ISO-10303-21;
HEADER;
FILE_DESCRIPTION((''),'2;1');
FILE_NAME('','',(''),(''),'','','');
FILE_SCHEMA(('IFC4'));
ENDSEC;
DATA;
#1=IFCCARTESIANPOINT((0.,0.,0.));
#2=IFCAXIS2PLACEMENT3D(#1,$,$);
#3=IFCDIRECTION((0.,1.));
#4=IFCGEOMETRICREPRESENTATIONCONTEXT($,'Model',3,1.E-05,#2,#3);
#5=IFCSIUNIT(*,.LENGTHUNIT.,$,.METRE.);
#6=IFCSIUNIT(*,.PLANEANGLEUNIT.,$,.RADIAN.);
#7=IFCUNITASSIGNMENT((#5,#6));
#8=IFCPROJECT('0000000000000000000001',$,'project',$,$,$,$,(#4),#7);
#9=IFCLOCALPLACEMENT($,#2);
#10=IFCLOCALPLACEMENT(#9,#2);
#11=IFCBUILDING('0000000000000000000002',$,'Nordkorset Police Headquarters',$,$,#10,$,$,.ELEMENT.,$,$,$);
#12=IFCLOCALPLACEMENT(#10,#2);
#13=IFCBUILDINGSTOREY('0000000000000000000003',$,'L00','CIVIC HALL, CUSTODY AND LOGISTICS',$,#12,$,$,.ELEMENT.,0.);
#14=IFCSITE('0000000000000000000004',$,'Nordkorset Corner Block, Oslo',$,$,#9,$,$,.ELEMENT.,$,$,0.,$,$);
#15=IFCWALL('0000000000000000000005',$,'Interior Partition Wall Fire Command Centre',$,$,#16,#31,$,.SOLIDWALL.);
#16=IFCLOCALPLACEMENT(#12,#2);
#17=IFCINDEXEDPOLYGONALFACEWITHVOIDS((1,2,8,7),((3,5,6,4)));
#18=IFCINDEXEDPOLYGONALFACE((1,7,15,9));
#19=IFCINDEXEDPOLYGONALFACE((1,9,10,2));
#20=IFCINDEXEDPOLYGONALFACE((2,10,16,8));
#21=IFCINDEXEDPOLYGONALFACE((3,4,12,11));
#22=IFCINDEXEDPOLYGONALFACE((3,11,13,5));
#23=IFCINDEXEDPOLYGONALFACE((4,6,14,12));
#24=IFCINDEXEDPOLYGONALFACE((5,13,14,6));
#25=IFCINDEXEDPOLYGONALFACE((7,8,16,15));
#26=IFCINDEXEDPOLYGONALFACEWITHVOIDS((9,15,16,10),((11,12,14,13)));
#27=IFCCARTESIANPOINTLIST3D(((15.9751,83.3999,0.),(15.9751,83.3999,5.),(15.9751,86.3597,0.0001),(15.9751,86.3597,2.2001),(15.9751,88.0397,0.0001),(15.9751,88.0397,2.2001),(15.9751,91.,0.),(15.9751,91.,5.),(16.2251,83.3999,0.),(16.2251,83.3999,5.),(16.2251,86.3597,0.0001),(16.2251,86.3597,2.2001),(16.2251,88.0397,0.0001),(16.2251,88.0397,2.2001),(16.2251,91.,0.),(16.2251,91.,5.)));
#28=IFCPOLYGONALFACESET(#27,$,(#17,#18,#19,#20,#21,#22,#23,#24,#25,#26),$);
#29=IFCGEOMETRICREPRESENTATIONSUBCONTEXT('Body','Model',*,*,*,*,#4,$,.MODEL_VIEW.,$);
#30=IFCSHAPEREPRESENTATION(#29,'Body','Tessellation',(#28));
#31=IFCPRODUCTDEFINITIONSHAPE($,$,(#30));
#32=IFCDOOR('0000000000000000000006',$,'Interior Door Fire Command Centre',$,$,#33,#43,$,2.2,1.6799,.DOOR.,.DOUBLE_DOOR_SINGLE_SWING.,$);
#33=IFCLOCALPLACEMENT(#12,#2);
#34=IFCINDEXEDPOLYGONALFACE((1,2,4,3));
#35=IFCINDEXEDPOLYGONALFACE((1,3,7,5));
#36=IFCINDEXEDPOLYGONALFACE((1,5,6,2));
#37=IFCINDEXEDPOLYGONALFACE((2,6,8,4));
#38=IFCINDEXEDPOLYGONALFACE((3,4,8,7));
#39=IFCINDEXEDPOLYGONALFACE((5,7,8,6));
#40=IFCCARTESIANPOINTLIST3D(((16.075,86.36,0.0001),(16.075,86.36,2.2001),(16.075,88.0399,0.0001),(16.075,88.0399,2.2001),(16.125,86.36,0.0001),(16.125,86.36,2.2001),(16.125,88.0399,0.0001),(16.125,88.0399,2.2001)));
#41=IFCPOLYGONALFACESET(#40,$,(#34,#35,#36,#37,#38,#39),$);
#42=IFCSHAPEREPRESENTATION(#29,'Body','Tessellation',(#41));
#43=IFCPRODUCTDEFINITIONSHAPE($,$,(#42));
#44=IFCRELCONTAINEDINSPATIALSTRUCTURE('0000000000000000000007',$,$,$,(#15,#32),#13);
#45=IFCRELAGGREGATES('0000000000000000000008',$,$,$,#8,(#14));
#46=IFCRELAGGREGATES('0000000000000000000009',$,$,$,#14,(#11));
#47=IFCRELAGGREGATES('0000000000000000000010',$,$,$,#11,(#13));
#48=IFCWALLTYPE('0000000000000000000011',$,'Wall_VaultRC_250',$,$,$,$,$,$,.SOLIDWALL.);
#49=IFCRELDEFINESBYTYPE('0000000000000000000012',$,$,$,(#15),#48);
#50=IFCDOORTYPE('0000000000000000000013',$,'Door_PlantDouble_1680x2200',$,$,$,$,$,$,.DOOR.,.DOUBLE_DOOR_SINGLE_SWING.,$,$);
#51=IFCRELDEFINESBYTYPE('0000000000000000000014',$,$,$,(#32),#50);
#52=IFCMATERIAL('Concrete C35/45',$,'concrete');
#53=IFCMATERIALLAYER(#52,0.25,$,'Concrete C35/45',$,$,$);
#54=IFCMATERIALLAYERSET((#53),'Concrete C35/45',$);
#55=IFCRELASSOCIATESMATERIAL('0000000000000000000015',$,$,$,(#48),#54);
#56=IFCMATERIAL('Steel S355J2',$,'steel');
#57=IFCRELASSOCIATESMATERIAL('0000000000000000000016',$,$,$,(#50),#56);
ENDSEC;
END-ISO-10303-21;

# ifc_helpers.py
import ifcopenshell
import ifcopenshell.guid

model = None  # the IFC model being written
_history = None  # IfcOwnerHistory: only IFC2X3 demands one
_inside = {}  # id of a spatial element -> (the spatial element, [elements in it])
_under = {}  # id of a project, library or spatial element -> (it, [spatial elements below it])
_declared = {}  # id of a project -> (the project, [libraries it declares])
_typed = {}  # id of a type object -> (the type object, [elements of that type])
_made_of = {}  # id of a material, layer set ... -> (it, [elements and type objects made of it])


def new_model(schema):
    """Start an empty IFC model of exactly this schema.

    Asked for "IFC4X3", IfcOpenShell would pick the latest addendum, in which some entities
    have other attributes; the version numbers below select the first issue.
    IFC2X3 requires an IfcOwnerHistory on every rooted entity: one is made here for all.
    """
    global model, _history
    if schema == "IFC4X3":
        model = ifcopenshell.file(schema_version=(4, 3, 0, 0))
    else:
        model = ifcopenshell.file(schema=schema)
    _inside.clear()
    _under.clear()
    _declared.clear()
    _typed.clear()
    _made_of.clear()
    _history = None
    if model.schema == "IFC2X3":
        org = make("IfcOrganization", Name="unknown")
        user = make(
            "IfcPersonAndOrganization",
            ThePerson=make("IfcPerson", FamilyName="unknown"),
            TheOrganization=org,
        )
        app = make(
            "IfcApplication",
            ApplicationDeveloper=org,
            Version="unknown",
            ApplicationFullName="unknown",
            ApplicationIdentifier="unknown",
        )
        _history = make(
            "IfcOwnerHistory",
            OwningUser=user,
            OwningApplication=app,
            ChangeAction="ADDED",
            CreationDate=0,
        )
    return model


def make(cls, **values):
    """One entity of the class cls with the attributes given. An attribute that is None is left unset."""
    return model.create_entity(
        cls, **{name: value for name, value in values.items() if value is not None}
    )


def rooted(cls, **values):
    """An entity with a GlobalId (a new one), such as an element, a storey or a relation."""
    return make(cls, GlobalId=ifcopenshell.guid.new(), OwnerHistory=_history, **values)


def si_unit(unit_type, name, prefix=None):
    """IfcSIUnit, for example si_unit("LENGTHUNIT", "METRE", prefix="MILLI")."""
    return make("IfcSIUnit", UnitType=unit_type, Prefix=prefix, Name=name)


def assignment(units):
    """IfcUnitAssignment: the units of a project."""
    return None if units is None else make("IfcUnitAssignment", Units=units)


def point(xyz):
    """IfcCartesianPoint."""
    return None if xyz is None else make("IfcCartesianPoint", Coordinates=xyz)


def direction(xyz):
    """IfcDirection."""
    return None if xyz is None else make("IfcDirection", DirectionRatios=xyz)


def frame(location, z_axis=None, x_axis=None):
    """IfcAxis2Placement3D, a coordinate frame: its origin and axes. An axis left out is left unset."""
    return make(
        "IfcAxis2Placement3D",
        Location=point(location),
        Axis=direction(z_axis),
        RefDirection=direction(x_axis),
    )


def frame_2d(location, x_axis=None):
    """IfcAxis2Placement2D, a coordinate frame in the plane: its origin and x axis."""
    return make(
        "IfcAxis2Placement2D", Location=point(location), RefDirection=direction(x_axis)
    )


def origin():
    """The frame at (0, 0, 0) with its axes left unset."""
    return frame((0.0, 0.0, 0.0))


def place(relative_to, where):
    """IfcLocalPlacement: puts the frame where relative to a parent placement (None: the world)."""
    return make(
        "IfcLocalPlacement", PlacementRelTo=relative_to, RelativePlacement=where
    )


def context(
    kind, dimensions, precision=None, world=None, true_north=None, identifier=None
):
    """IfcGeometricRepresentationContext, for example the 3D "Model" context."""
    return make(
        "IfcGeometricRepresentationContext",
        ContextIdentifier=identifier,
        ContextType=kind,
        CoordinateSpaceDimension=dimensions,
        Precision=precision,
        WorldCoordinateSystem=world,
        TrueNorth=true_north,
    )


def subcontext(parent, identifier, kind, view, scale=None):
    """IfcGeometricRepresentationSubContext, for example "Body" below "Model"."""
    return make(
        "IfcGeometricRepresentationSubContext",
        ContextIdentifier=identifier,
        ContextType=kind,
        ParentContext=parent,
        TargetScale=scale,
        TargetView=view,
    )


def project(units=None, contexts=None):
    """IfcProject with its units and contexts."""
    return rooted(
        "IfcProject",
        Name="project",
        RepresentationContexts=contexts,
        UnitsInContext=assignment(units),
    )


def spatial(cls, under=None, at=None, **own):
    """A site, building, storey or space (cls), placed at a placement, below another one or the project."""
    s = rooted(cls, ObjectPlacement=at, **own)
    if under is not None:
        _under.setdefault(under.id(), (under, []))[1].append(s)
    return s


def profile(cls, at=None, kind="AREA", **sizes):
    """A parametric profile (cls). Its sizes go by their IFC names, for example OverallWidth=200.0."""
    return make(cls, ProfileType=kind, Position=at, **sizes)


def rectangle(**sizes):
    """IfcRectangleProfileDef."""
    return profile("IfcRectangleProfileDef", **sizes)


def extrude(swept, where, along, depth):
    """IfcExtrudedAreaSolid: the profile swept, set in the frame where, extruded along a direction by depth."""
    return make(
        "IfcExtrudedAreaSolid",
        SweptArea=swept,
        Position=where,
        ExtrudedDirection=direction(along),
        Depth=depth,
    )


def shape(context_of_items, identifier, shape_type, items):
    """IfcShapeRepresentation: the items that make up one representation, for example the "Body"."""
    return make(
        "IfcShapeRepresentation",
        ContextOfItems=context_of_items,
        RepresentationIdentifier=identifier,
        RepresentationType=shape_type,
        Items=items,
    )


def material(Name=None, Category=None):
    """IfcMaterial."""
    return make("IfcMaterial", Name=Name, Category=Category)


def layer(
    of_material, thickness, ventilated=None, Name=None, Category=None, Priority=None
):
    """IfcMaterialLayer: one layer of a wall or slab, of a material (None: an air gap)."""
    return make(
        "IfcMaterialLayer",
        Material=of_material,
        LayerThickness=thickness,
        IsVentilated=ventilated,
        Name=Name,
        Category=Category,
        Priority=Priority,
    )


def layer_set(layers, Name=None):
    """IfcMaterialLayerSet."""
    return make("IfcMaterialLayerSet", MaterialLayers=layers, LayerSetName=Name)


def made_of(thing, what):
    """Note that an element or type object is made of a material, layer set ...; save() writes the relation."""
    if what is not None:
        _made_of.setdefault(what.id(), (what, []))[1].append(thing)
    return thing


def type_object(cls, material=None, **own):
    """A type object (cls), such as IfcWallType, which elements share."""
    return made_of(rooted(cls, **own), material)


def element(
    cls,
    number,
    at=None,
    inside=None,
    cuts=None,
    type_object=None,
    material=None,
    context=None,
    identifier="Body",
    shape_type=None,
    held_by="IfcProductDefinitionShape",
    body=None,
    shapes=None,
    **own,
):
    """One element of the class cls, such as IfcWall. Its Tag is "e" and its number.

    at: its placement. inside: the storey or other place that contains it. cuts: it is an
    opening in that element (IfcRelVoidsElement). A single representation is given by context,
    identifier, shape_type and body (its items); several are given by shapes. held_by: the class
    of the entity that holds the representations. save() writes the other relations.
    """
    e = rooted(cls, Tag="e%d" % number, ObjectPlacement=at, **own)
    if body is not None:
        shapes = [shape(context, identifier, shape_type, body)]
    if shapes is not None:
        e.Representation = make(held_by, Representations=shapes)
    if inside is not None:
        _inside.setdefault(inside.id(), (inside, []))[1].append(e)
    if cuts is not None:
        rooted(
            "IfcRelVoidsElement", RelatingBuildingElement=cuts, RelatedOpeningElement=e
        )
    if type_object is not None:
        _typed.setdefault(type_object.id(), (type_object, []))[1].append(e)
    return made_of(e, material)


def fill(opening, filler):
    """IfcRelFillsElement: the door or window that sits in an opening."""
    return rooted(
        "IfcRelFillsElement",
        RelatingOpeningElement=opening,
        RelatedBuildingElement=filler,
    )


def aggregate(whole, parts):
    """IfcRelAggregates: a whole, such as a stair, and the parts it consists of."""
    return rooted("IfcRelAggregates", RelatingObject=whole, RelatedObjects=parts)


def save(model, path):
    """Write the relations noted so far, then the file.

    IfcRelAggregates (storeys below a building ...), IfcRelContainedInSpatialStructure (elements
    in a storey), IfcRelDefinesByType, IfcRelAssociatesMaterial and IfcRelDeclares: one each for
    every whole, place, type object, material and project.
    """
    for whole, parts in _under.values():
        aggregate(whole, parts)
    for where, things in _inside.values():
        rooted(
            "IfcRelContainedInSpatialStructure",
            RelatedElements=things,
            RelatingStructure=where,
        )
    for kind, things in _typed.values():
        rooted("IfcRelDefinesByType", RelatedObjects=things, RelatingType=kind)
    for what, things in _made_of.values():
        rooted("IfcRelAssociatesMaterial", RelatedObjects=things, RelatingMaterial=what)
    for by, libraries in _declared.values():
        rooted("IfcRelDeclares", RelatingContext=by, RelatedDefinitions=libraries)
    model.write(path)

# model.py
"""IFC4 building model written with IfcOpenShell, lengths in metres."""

from ifc_helpers import new_model, si_unit, direction, frame, frame_2d, origin, place, context, subcontext, project, spatial, rectangle, extrude, material, layer, layer_set, type_object, element, fill, save


model = new_model("IFC4")

# Units and contexts
model_context = context("Model", 3, precision=1e-05, world=origin(), true_north=direction((0.0, 1.0)))
body_context = subcontext(model_context, "Body", "Model", "MODEL_VIEW")
ifc_project = project(units=[si_unit("LENGTHUNIT", "METRE"), si_unit("PLANEANGLEUNIT", "RADIAN")], contexts=[model_context])

# Site, building, storey
site_placement = place(None, origin())
site = spatial("IfcSite", under=ifc_project, at=site_placement, Name="Nordkorset Corner Block, Oslo", CompositionType="ELEMENT", RefElevation=0.0)
building_placement = place(site_placement, origin())
building = spatial("IfcBuilding", under=site, at=building_placement, Name="Nordkorset Police Headquarters", CompositionType="ELEMENT")
storey_placement = place(building_placement, origin())
storey = spatial("IfcBuildingStorey", under=building, at=storey_placement, Name="L00", Description="CIVIC HALL, CUSTODY AND LOGISTICS", CompositionType="ELEMENT", Elevation=0.0)

# Shared definitions
ifc_material_1 = material(Name="Concrete C35/45", Category="concrete")
ifc_layer_1 = layer(ifc_material_1, 0.25, Name="Concrete C35/45")
ifc_layer_set_1 = layer_set([ifc_layer_1], Name="Concrete C35/45")
wall_type_1 = type_object("IfcWallType", Name="Wall_VaultRC_250", PredefinedType="SOLIDWALL", material=ifc_layer_set_1)

# Wall, opening, door
wall_1_placement = place(storey_placement, frame((16.1001, 83.3999, 0.0), z_axis=(0.0, 0.0, 1.0), x_axis=(0.0, 1.0, 0.0)))
wall_1 = element("IfcWall", 1, at=wall_1_placement, inside=storey, type_object=wall_type_1, Name="Interior Partition Wall Fire Command Centre", PredefinedType="SOLIDWALL", context=body_context, shape_type="SweptSolid", body=[
    extrude(rectangle(XDim=7.6001, YDim=0.25, at=frame_2d((3.8, 0.0))), origin(), (0.0, 0.0, 1.0), 5.0),
])
opening_1_placement = place(wall_1_placement, frame((2.96, 0.0, 0.0)))
opening_1 = element("IfcOpeningElement", 2, at=opening_1_placement, cuts=wall_1, PredefinedType="OPENING", context=body_context, shape_type="SweptSolid", body=[
    extrude(rectangle(XDim=1.6799, YDim=2.2, at=frame_2d((0.8398, 1.1001))), frame((0.0, 0.135, 0.0), z_axis=(0.0, -1.0, 0.0), x_axis=(1.0, 0.0, 0.0)), (0.0, 0.0, 1.0), 0.27),
])
ifc_material_2 = material(Name="Steel S355J2", Category="steel")
door_type_1 = type_object("IfcDoorType", Name="Door_PlantDouble_1680x2200", OperationType="DOUBLE_DOOR_SINGLE_SWING", PredefinedType="DOOR", material=ifc_material_2)
door_1_placement = place(opening_1_placement, frame((1.6799, 0.0, 0.0), z_axis=(0.0, 0.0, 1.0), x_axis=(-1.0, 0.0, 0.0)))
door_1 = element("IfcDoor", 3, at=door_1_placement, inside=storey, type_object=door_type_1, Name="Interior Door Fire Command Centre", OperationType="DOUBLE_DOOR_SINGLE_SWING", OverallHeight=2.2, OverallWidth=1.6799, PredefinedType="DOOR", context=body_context, shape_type="SweptSolid", body=[
    extrude(rectangle(XDim=1.6799, YDim=2.2, at=frame_2d((0.8398, 1.1001))), frame((0.0, 0.0249, 0.0), z_axis=(0.0, -1.0, 0.0), x_axis=(1.0, 0.0, 0.0)), (0.0, 0.0, 1.0), 0.05),
])
fill(opening_1, door_1)

save(model, "model.ifc")
